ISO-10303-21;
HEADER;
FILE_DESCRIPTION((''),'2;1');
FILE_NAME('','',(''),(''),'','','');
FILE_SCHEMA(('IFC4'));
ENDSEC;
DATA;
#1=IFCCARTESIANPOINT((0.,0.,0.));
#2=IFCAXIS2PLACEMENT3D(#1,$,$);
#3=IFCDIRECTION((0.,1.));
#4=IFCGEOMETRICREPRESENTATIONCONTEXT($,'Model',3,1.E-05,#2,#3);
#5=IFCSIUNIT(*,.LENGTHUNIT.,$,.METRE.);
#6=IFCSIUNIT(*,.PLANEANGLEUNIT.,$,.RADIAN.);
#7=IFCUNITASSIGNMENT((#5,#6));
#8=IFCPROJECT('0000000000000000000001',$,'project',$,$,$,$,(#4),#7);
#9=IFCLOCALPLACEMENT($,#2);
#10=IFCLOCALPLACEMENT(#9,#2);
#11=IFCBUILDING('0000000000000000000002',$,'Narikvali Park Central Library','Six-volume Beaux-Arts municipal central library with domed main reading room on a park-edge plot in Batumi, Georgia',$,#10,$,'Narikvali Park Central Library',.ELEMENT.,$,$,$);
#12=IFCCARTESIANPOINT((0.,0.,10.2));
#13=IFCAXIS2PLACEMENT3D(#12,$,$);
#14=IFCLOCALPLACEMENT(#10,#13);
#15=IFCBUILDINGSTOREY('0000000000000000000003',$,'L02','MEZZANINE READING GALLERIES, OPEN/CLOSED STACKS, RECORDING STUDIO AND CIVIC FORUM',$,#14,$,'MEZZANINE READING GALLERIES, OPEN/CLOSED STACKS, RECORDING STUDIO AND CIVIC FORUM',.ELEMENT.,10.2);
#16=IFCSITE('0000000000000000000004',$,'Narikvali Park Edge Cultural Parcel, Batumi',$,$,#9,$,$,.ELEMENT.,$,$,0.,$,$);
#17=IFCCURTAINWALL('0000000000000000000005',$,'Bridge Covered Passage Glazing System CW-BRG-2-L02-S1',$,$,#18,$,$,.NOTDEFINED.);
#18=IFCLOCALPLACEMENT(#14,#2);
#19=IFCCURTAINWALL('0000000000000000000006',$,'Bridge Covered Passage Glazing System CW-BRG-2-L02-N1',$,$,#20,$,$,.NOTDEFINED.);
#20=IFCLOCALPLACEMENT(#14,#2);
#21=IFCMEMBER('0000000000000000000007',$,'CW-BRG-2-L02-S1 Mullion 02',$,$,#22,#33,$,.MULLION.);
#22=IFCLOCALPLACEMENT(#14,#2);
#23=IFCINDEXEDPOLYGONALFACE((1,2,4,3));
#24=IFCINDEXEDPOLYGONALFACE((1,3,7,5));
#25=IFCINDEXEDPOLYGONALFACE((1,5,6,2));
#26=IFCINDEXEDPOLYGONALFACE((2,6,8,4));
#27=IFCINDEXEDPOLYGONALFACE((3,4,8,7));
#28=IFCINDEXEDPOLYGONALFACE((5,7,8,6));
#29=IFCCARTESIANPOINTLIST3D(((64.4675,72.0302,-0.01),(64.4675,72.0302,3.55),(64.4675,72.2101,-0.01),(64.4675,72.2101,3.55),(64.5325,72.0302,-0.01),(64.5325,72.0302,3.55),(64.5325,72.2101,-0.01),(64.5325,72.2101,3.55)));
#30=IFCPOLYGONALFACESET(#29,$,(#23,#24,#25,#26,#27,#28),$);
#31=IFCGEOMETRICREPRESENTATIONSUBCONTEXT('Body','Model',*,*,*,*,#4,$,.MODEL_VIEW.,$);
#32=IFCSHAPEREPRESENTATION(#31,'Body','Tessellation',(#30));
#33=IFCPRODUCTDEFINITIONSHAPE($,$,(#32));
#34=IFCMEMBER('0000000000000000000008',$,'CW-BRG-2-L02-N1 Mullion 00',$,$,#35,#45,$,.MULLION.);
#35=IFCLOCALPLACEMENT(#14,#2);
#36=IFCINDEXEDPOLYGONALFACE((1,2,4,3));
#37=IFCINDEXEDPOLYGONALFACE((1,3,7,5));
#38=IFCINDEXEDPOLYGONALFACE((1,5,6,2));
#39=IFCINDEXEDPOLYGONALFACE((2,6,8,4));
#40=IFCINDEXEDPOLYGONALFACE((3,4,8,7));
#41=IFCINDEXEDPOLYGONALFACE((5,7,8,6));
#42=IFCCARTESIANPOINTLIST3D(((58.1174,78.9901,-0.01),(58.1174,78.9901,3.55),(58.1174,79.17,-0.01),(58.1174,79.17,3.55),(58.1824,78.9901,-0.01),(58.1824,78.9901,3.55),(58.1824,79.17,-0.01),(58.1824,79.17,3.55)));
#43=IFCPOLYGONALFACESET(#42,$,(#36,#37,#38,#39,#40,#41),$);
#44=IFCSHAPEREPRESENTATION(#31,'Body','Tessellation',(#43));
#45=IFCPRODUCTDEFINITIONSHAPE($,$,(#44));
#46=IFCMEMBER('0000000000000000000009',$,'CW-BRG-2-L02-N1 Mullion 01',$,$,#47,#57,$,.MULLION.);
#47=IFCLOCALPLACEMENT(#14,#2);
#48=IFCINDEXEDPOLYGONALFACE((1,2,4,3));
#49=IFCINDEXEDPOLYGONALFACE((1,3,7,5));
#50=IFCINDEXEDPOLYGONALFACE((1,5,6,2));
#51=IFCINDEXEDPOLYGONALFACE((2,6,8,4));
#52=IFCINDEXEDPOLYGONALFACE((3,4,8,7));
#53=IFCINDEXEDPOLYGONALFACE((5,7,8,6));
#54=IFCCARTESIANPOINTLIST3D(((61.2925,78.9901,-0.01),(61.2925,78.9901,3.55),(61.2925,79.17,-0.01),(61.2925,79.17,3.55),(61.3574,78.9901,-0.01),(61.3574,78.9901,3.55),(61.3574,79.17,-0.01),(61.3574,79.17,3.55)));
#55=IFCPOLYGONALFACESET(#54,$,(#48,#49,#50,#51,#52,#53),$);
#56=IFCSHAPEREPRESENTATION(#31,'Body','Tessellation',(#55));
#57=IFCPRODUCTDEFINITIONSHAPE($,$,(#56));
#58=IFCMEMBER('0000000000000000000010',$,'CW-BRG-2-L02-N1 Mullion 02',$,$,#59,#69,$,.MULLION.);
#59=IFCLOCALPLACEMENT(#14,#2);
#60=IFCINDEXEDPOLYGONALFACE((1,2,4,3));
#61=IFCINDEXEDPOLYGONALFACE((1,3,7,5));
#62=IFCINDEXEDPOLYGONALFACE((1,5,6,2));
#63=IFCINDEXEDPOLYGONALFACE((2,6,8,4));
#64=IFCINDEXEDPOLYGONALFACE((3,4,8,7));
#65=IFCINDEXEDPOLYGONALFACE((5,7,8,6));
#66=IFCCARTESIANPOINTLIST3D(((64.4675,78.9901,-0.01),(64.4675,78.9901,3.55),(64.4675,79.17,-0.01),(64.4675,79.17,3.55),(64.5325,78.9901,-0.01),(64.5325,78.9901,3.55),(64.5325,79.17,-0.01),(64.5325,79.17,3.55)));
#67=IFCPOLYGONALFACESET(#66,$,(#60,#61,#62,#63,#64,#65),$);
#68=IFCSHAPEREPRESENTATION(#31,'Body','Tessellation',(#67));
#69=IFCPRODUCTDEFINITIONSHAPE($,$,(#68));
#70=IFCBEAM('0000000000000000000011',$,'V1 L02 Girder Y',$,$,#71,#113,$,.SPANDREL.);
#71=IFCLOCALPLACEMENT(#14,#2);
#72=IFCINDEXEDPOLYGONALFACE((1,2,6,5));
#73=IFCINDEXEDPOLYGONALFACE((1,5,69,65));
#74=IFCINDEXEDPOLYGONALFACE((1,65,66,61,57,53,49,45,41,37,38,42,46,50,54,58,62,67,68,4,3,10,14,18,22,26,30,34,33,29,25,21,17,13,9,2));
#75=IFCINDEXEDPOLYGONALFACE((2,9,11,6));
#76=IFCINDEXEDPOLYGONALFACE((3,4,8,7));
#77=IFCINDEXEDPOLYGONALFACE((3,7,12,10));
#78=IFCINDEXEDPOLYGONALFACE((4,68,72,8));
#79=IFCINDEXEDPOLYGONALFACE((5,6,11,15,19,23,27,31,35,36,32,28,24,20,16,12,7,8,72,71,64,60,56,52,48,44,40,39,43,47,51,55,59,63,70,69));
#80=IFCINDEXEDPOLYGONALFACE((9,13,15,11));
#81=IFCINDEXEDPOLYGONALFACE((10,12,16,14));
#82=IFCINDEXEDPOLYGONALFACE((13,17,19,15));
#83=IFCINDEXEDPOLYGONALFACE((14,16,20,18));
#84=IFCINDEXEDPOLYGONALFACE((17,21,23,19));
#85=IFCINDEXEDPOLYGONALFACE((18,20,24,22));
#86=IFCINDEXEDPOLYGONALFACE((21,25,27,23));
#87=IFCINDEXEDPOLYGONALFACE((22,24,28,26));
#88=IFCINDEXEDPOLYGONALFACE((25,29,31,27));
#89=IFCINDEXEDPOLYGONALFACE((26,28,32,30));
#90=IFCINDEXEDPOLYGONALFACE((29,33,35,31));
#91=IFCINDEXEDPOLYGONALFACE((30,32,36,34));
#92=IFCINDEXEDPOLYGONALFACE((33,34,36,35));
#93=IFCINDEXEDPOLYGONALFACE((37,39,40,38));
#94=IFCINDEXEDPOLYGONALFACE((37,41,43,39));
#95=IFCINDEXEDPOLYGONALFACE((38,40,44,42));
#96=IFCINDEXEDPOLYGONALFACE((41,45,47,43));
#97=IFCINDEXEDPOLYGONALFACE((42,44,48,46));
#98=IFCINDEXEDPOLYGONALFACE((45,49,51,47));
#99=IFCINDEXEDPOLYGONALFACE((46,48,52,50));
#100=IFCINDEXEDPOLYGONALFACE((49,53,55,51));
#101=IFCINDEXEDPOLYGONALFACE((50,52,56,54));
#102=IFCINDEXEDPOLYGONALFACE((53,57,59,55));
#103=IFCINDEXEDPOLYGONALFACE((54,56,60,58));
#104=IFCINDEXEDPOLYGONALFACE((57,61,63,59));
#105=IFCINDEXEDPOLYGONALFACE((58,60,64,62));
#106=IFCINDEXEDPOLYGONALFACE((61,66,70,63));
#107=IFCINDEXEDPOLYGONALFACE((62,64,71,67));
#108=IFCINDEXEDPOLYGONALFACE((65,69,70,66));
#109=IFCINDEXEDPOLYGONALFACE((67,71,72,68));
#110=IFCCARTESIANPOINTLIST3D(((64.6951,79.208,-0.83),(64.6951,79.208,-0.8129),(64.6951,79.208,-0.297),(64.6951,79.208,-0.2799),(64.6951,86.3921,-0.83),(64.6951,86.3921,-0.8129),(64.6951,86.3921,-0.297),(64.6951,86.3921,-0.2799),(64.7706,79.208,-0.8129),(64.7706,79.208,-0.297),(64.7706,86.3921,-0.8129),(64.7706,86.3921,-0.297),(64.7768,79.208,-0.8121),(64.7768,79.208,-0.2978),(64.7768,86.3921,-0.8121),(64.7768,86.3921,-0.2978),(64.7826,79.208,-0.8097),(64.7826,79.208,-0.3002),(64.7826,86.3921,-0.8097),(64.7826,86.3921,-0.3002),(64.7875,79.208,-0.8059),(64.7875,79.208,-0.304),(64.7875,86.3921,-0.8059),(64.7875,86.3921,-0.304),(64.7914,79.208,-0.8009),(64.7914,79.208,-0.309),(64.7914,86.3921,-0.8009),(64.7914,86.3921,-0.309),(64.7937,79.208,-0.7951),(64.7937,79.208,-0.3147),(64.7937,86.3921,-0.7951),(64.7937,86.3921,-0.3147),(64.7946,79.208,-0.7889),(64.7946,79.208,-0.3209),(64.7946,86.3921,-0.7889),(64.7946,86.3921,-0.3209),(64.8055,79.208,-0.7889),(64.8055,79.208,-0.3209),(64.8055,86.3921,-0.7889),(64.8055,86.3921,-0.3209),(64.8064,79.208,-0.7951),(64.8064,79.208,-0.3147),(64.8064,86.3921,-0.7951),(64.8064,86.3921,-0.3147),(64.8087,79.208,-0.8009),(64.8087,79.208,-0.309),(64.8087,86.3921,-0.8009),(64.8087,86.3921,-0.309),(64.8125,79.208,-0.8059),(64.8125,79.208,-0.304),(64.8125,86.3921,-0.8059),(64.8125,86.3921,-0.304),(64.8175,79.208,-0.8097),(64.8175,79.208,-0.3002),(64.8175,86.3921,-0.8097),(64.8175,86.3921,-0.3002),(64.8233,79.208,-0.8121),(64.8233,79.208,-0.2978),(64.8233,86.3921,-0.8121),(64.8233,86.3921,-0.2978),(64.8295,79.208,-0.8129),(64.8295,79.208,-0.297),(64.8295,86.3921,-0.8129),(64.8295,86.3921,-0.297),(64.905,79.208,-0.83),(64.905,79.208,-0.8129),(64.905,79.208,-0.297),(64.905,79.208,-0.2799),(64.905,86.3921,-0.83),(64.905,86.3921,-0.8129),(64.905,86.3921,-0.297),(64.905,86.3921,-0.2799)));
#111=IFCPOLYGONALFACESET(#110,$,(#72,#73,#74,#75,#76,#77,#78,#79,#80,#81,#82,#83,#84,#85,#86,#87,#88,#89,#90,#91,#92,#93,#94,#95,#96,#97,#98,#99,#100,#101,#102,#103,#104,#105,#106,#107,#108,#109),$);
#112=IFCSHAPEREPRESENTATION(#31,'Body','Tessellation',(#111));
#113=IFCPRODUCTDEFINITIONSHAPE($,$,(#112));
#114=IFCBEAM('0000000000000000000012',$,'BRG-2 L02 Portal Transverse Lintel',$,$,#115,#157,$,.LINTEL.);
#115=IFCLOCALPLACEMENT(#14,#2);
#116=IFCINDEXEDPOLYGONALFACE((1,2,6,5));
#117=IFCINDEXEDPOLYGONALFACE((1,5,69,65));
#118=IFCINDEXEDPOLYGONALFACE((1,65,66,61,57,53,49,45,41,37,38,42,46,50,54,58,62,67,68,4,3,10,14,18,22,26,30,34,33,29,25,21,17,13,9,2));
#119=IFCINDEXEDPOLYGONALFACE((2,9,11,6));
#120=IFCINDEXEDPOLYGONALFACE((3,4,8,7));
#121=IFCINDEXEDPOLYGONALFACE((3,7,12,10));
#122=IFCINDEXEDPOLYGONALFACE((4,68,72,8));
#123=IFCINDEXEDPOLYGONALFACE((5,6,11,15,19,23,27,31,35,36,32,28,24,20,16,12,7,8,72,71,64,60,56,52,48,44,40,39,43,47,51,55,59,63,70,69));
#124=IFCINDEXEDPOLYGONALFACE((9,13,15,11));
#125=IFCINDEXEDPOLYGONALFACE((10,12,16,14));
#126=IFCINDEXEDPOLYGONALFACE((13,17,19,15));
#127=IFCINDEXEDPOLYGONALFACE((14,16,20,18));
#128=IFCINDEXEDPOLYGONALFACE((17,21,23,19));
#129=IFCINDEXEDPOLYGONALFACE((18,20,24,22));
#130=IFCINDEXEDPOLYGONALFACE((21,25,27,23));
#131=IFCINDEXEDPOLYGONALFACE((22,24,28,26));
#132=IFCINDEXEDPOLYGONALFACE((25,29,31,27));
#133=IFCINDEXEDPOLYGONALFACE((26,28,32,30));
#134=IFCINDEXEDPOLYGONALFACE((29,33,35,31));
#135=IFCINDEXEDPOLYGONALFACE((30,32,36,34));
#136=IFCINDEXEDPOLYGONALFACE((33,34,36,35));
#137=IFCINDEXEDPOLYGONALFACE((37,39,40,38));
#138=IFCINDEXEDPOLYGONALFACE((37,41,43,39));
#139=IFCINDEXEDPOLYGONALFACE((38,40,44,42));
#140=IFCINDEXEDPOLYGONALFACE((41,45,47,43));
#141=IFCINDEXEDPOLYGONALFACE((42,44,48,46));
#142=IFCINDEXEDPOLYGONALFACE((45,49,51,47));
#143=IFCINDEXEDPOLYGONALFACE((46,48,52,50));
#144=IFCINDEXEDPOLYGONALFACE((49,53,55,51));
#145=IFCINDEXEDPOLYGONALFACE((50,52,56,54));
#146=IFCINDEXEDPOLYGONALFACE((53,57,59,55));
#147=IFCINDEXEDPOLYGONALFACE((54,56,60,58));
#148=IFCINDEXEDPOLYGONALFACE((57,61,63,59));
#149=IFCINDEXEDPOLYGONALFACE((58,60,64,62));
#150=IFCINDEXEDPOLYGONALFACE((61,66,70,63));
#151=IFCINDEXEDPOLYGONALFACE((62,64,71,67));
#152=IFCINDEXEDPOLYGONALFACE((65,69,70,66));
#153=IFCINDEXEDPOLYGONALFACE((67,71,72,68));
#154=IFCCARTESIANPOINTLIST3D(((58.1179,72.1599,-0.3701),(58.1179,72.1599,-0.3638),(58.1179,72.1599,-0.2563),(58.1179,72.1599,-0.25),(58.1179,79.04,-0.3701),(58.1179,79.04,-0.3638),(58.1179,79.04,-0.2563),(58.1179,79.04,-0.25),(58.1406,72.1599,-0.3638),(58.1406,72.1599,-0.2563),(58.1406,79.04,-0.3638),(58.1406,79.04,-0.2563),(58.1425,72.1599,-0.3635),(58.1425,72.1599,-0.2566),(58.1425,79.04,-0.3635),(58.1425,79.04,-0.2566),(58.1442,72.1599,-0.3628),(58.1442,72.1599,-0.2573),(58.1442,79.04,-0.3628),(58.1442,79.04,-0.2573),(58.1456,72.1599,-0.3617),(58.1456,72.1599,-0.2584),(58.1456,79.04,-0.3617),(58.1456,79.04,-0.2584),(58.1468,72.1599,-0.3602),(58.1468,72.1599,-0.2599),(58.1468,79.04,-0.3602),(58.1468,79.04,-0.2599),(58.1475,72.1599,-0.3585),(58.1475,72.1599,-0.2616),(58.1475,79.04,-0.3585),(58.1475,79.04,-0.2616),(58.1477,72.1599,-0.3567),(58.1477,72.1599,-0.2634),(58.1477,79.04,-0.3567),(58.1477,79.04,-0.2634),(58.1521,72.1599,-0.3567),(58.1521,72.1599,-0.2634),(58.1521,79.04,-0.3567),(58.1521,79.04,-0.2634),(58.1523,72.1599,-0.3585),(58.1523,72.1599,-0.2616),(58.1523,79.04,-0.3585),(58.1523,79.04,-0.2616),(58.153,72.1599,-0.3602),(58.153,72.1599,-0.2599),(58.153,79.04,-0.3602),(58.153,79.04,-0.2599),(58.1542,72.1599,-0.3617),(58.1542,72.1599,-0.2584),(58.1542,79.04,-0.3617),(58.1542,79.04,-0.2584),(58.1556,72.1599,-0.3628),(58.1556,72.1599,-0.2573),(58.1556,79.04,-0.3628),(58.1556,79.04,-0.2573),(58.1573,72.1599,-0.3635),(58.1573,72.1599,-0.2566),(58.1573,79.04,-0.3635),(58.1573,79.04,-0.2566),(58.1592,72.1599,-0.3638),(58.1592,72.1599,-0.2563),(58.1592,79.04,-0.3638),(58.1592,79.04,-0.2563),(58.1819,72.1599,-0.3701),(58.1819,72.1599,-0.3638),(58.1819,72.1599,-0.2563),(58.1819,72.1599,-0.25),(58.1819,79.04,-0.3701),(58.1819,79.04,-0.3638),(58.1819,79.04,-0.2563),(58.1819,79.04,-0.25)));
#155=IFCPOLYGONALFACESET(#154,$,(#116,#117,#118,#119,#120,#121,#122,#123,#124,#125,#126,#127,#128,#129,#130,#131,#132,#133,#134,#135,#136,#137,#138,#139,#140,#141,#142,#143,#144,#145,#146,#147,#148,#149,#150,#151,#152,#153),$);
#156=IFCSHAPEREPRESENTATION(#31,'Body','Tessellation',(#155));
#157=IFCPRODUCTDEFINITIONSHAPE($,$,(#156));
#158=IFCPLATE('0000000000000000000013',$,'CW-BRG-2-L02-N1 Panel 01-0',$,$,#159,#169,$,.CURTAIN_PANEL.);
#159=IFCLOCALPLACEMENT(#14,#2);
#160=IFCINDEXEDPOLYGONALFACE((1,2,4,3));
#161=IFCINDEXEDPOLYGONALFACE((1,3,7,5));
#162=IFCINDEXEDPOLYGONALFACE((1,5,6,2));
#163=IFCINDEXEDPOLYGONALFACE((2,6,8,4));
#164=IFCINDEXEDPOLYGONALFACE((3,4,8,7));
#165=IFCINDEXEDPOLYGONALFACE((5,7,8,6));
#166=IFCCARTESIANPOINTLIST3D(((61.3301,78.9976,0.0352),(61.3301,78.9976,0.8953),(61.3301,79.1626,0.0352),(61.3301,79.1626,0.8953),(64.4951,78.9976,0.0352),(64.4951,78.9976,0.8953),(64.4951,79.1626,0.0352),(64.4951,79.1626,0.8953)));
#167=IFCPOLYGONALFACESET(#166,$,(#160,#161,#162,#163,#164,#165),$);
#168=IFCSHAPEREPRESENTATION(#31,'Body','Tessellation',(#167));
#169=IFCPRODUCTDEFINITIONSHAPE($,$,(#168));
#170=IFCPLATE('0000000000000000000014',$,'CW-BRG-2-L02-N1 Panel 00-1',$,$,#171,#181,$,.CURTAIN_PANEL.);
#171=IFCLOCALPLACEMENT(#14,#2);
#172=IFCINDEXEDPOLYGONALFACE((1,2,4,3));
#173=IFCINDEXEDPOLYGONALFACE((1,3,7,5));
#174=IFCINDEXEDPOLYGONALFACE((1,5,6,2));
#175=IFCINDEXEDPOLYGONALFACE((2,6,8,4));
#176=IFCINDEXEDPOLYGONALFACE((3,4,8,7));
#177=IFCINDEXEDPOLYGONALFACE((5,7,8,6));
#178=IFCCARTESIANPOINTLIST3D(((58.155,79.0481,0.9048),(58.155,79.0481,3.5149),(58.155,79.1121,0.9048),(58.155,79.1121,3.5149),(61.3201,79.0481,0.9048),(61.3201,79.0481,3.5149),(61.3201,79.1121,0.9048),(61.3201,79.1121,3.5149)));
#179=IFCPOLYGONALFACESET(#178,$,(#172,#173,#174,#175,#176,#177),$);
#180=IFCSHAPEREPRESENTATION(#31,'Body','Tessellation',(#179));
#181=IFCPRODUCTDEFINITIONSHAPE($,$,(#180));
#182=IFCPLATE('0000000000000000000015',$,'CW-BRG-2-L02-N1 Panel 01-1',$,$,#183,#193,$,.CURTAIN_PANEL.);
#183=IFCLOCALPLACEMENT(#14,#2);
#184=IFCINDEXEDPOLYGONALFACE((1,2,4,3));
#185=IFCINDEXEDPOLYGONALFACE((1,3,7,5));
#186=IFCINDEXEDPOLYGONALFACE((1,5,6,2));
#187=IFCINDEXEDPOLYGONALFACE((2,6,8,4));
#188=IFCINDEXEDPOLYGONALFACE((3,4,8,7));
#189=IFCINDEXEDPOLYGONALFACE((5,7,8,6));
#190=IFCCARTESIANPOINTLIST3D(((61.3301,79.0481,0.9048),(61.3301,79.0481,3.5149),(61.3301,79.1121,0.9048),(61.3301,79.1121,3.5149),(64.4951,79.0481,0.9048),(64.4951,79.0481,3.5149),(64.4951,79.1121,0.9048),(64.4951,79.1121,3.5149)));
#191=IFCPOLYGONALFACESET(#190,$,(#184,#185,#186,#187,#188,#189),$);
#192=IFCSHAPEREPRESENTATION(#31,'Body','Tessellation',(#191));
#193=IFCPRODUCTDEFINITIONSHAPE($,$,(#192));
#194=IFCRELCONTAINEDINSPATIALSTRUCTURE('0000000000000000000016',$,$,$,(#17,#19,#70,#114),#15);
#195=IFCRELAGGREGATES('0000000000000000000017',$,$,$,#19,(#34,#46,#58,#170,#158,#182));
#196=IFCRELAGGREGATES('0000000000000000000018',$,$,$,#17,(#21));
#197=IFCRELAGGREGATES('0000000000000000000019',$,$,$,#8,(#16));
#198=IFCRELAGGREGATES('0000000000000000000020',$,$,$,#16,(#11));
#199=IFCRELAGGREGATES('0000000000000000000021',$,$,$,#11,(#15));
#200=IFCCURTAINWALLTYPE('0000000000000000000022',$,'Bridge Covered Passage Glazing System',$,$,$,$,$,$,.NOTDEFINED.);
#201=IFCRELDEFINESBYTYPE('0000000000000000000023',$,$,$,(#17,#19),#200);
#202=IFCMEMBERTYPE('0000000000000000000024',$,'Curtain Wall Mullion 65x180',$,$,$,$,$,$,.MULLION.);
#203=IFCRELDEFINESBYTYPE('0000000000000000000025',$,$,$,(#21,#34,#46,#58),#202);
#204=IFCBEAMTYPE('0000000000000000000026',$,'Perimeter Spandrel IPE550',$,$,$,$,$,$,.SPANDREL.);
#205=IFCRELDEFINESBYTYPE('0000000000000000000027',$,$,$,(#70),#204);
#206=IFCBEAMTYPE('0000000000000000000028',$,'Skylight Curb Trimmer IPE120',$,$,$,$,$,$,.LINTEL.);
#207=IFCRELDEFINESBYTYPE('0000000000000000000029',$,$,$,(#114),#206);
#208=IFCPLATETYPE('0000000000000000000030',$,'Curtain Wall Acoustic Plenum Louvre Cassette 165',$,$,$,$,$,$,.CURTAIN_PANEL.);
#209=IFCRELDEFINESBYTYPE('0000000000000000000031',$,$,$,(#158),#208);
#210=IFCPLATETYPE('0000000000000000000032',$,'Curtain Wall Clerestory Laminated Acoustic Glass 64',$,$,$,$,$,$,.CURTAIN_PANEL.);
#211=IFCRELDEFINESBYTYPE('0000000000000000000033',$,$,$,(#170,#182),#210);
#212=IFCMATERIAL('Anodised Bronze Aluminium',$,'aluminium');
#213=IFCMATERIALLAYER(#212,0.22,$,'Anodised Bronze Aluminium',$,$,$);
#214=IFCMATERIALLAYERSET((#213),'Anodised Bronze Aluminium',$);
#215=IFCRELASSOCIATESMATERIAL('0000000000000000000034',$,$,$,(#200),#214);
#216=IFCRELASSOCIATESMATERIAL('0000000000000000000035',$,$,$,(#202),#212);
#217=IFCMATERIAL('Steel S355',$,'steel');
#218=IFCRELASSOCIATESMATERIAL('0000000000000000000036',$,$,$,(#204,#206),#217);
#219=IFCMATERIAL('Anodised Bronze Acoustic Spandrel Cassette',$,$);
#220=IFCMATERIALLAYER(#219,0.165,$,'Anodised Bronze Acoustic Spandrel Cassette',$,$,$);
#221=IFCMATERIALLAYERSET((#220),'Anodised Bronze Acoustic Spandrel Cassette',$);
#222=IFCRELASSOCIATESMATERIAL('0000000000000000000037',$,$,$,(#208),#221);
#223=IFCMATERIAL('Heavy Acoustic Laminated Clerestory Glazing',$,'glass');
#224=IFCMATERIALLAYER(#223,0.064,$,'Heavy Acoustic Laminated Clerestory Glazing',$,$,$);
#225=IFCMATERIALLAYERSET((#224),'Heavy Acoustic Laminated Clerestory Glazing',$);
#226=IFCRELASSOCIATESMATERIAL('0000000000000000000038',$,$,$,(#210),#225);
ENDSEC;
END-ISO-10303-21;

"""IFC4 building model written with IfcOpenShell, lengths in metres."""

from ifc_helpers import new_model, si_unit, direction, frame, origin, origin_2d, place, context, subcontext, project, spatial, rectangle, i_section, extrude, material, layer, layer_set, material_profile, profile_set, type_object, element, aggregate, save


model = new_model("IFC4")

# Units and contexts
model_context = context("Model", 3, precision=1e-05, world=origin(), true_north=direction((0.0, 1.0)))
body_context = subcontext(model_context, "Body", "Model", "MODEL_VIEW")
ifc_project = project(units=[si_unit("LENGTHUNIT", "METRE"), si_unit("PLANEANGLEUNIT", "RADIAN")], contexts=[model_context])

# Site, building, storey
site_placement = place(None, origin())
site = spatial("IfcSite", under=ifc_project, at=site_placement, Name="Narikvali Park Edge Cultural Parcel, Batumi", CompositionType="ELEMENT", RefElevation=0.0)
building_placement = place(site_placement, origin())
building = spatial("IfcBuilding", under=site, at=building_placement, Name="Narikvali Park Central Library", Description="Six-volume Beaux-Arts municipal central library with domed main reading room on a park-edge plot in Batumi, Georgia", LongName="Narikvali Park Central Library", CompositionType="ELEMENT")
storey_placement = place(building_placement, frame((0.0, 0.0, 10.2)))
storey = spatial("IfcBuildingStorey", under=building, at=storey_placement, Name="L02", Description="MEZZANINE READING GALLERIES, OPEN/CLOSED STACKS, RECORDING STUDIO AND CIVIC FORUM", LongName="MEZZANINE READING GALLERIES, OPEN/CLOSED STACKS, RECORDING STUDIO AND CIVIC FORUM", CompositionType="ELEMENT", Elevation=10.2)

# Shared definitions
ifc_material_1 = material(Name="Steel S355", Category="steel")

# Curtain walls
ifc_material_2 = material(Name="Anodised Bronze Aluminium", Category="aluminium")
ifc_layer_1 = layer(ifc_material_2, 0.22, Name="Anodised Bronze Aluminium")
ifc_layer_set_1 = layer_set([ifc_layer_1], Name="Anodised Bronze Aluminium")
curtain_wall_type = type_object("IfcCurtainWallType", Name="Bridge Covered Passage Glazing System", PredefinedType="NOTDEFINED", material=ifc_layer_set_1)
curtain_wall_1_placement = place(storey_placement, origin())
curtain_wall_1 = element("IfcCurtainWall", 1, at=curtain_wall_1_placement, inside=storey, type_object=curtain_wall_type, Name="Bridge Covered Passage Glazing System CW-BRG-2-L02-S1", PredefinedType="NOTDEFINED")
curtain_wall_2_placement = place(storey_placement, origin())
curtain_wall_2 = element("IfcCurtainWall", 2, at=curtain_wall_2_placement, inside=storey, type_object=curtain_wall_type, Name="Bridge Covered Passage Glazing System CW-BRG-2-L02-N1", PredefinedType="NOTDEFINED")

# Members
ifc_material_profile_1 = material_profile(ifc_material_2, rectangle(XDim=0.0649, YDim=0.1799, at=origin_2d()), Name="CW MULLION 65x180")
ifc_profile_set_1 = profile_set([ifc_material_profile_1], Name="Anodised Bronze Aluminium")
member_type_1 = type_object("IfcMemberType", Name="Curtain Wall Mullion 65x180", PredefinedType="MULLION", material=ifc_profile_set_1)
member_1_placement = place(storey_placement, frame((64.5, 72.1201, -0.01), z_axis=(0.0, 0.0, 1.0), x_axis=(1.0, 0.0, 0.0)))
member_1 = element("IfcMember", 3, at=member_1_placement, type_object=member_type_1, Name="CW-BRG-2-L02-S1 Mullion 02", PredefinedType="MULLION", context=body_context, shape_type="SweptSolid", body=[
    extrude(rectangle(XDim=0.0649, YDim=0.1799, at=origin_2d()), origin(), (0.0, 0.0, 1.0), 3.5601),
])
member_2_placement = place(storey_placement, frame((58.1499, 79.0801, -0.01), z_axis=(0.0, 0.0, 1.0), x_axis=(1.0, 0.0, 0.0)))
member_2 = element("IfcMember", 4, at=member_2_placement, type_object=member_type_1, Name="CW-BRG-2-L02-N1 Mullion 00", PredefinedType="MULLION", context=body_context, shape_type="SweptSolid", body=[
    extrude(rectangle(XDim=0.0649, YDim=0.1799, at=origin_2d()), origin(), (0.0, 0.0, 1.0), 3.5601),
])
member_3_placement = place(storey_placement, frame((61.325, 79.0801, -0.01), z_axis=(0.0, 0.0, 1.0), x_axis=(1.0, 0.0, 0.0)))
member_3 = element("IfcMember", 5, at=member_3_placement, type_object=member_type_1, Name="CW-BRG-2-L02-N1 Mullion 01", PredefinedType="MULLION", context=body_context, shape_type="SweptSolid", body=[
    extrude(rectangle(XDim=0.0649, YDim=0.1799, at=origin_2d()), origin(), (0.0, 0.0, 1.0), 3.5601),
])
member_4_placement = place(storey_placement, frame((64.5, 79.0801, -0.01), z_axis=(0.0, 0.0, 1.0), x_axis=(1.0, 0.0, 0.0)))
member_4 = element("IfcMember", 6, at=member_4_placement, type_object=member_type_1, Name="CW-BRG-2-L02-N1 Mullion 02", PredefinedType="MULLION", context=body_context, shape_type="SweptSolid", body=[
    extrude(rectangle(XDim=0.0649, YDim=0.1799, at=origin_2d()), origin(), (0.0, 0.0, 1.0), 3.5601),
])

# Beams
ifc_material_profile_2 = material_profile(ifc_material_1, i_section(OverallWidth=0.21, OverallDepth=0.55, WebThickness=0.011, FlangeThickness=0.0171, FilletRadius=0.0239, at=origin_2d()), Name="IPE 550")
ifc_profile_set_2 = profile_set([ifc_material_profile_2], Name="Steel S355")
beam_type_1 = type_object("IfcBeamType", Name="Perimeter Spandrel IPE550", PredefinedType="SPANDREL", material=ifc_profile_set_2)
beam_1_placement = place(storey_placement, frame((64.8, 79.208, -0.5549), z_axis=(0.0, 1.0, 0.0), x_axis=(-1.0, 0.0, 0.0)))
element("IfcBeam", 7, at=beam_1_placement, inside=storey, type_object=beam_type_1, Name="V1 L02 Girder Y", PredefinedType="SPANDREL", context=body_context, shape_type="SweptSolid", body=[
    extrude(i_section(OverallWidth=0.21, OverallDepth=0.55, WebThickness=0.011, FlangeThickness=0.0171, FilletRadius=0.0239, at=origin_2d()), origin(), (0.0, 0.0, 1.0), 7.1841),
])
ifc_material_profile_3 = material_profile(ifc_material_1, i_section(OverallWidth=0.064, OverallDepth=0.1201, WebThickness=0.0044, FlangeThickness=0.0063, FilletRadius=0.0071, at=origin_2d()), Name="IPE 120")
ifc_profile_set_3 = profile_set([ifc_material_profile_3], Name="Steel S355")
beam_type_2 = type_object("IfcBeamType", Name="Skylight Curb Trimmer IPE120", PredefinedType="LINTEL", material=ifc_profile_set_3)
beam_2_placement = place(storey_placement, frame((58.1499, 72.1599, -0.3101), z_axis=(0.0, 1.0, 0.0), x_axis=(-1.0, 0.0, 0.0)))
element("IfcBeam", 8, at=beam_2_placement, inside=storey, type_object=beam_type_2, Name="BRG-2 L02 Portal Transverse Lintel", PredefinedType="LINTEL", context=body_context, shape_type="SweptSolid", body=[
    extrude(i_section(OverallWidth=0.064, OverallDepth=0.1201, WebThickness=0.0044, FlangeThickness=0.0063, FilletRadius=0.0071, at=origin_2d()), origin(), (0.0, 0.0, 1.0), 6.8801),
])

# Plates
ifc_material_3 = material(Name="Anodised Bronze Acoustic Spandrel Cassette")
ifc_layer_2 = layer(ifc_material_3, 0.165, Name="Anodised Bronze Acoustic Spandrel Cassette")
ifc_layer_set_2 = layer_set([ifc_layer_2], Name="Anodised Bronze Acoustic Spandrel Cassette")
plate_type_1 = type_object("IfcPlateType", Name="Curtain Wall Acoustic Plenum Louvre Cassette 165", PredefinedType="CURTAIN_PANEL", material=ifc_layer_set_2)
plate_1_placement = place(storey_placement, frame((62.9126, 79.0801, 0.0352), z_axis=(0.0, 0.0, 1.0), x_axis=(1.0, 0.0, 0.0)))
plate_1 = element("IfcPlate", 9, at=plate_1_placement, type_object=plate_type_1, Name="CW-BRG-2-L02-N1 Panel 01-0", PredefinedType="CURTAIN_PANEL", context=body_context, shape_type="SweptSolid", body=[
    extrude(rectangle(XDim=3.165, YDim=0.165, at=origin_2d()), origin(), (0.0, 0.0, 1.0), 0.8601),
])
ifc_material_4 = material(Name="Heavy Acoustic Laminated Clerestory Glazing", Category="glass")
ifc_layer_3 = layer(ifc_material_4, 0.064, Name="Heavy Acoustic Laminated Clerestory Glazing")
ifc_layer_set_3 = layer_set([ifc_layer_3], Name="Heavy Acoustic Laminated Clerestory Glazing")
plate_type_2 = type_object("IfcPlateType", Name="Curtain Wall Clerestory Laminated Acoustic Glass 64", PredefinedType="CURTAIN_PANEL", material=ifc_layer_set_3)
plate_2_placement = place(storey_placement, frame((59.7375, 79.0801, 0.9048), z_axis=(0.0, 0.0, 1.0), x_axis=(1.0, 0.0, 0.0)))
plate_2 = element("IfcPlate", 10, at=plate_2_placement, type_object=plate_type_2, Name="CW-BRG-2-L02-N1 Panel 00-1", PredefinedType="CURTAIN_PANEL", context=body_context, shape_type="SweptSolid", body=[
    extrude(rectangle(XDim=3.165, YDim=0.064, at=origin_2d()), origin(), (0.0, 0.0, 1.0), 2.6101),
])
plate_3_placement = place(storey_placement, frame((62.9126, 79.0801, 0.9048), z_axis=(0.0, 0.0, 1.0), x_axis=(1.0, 0.0, 0.0)))
plate_3 = element("IfcPlate", 11, at=plate_3_placement, type_object=plate_type_2, Name="CW-BRG-2-L02-N1 Panel 01-1", PredefinedType="CURTAIN_PANEL", context=body_context, shape_type="SweptSolid", body=[
    extrude(rectangle(XDim=3.165, YDim=0.064, at=origin_2d()), origin(), (0.0, 0.0, 1.0), 2.6101),
])
aggregate(curtain_wall_2, [member_2, member_3, member_4, plate_2, plate_1, plate_3])
aggregate(curtain_wall_1, [member_1])

save(model, "model.ifc")
